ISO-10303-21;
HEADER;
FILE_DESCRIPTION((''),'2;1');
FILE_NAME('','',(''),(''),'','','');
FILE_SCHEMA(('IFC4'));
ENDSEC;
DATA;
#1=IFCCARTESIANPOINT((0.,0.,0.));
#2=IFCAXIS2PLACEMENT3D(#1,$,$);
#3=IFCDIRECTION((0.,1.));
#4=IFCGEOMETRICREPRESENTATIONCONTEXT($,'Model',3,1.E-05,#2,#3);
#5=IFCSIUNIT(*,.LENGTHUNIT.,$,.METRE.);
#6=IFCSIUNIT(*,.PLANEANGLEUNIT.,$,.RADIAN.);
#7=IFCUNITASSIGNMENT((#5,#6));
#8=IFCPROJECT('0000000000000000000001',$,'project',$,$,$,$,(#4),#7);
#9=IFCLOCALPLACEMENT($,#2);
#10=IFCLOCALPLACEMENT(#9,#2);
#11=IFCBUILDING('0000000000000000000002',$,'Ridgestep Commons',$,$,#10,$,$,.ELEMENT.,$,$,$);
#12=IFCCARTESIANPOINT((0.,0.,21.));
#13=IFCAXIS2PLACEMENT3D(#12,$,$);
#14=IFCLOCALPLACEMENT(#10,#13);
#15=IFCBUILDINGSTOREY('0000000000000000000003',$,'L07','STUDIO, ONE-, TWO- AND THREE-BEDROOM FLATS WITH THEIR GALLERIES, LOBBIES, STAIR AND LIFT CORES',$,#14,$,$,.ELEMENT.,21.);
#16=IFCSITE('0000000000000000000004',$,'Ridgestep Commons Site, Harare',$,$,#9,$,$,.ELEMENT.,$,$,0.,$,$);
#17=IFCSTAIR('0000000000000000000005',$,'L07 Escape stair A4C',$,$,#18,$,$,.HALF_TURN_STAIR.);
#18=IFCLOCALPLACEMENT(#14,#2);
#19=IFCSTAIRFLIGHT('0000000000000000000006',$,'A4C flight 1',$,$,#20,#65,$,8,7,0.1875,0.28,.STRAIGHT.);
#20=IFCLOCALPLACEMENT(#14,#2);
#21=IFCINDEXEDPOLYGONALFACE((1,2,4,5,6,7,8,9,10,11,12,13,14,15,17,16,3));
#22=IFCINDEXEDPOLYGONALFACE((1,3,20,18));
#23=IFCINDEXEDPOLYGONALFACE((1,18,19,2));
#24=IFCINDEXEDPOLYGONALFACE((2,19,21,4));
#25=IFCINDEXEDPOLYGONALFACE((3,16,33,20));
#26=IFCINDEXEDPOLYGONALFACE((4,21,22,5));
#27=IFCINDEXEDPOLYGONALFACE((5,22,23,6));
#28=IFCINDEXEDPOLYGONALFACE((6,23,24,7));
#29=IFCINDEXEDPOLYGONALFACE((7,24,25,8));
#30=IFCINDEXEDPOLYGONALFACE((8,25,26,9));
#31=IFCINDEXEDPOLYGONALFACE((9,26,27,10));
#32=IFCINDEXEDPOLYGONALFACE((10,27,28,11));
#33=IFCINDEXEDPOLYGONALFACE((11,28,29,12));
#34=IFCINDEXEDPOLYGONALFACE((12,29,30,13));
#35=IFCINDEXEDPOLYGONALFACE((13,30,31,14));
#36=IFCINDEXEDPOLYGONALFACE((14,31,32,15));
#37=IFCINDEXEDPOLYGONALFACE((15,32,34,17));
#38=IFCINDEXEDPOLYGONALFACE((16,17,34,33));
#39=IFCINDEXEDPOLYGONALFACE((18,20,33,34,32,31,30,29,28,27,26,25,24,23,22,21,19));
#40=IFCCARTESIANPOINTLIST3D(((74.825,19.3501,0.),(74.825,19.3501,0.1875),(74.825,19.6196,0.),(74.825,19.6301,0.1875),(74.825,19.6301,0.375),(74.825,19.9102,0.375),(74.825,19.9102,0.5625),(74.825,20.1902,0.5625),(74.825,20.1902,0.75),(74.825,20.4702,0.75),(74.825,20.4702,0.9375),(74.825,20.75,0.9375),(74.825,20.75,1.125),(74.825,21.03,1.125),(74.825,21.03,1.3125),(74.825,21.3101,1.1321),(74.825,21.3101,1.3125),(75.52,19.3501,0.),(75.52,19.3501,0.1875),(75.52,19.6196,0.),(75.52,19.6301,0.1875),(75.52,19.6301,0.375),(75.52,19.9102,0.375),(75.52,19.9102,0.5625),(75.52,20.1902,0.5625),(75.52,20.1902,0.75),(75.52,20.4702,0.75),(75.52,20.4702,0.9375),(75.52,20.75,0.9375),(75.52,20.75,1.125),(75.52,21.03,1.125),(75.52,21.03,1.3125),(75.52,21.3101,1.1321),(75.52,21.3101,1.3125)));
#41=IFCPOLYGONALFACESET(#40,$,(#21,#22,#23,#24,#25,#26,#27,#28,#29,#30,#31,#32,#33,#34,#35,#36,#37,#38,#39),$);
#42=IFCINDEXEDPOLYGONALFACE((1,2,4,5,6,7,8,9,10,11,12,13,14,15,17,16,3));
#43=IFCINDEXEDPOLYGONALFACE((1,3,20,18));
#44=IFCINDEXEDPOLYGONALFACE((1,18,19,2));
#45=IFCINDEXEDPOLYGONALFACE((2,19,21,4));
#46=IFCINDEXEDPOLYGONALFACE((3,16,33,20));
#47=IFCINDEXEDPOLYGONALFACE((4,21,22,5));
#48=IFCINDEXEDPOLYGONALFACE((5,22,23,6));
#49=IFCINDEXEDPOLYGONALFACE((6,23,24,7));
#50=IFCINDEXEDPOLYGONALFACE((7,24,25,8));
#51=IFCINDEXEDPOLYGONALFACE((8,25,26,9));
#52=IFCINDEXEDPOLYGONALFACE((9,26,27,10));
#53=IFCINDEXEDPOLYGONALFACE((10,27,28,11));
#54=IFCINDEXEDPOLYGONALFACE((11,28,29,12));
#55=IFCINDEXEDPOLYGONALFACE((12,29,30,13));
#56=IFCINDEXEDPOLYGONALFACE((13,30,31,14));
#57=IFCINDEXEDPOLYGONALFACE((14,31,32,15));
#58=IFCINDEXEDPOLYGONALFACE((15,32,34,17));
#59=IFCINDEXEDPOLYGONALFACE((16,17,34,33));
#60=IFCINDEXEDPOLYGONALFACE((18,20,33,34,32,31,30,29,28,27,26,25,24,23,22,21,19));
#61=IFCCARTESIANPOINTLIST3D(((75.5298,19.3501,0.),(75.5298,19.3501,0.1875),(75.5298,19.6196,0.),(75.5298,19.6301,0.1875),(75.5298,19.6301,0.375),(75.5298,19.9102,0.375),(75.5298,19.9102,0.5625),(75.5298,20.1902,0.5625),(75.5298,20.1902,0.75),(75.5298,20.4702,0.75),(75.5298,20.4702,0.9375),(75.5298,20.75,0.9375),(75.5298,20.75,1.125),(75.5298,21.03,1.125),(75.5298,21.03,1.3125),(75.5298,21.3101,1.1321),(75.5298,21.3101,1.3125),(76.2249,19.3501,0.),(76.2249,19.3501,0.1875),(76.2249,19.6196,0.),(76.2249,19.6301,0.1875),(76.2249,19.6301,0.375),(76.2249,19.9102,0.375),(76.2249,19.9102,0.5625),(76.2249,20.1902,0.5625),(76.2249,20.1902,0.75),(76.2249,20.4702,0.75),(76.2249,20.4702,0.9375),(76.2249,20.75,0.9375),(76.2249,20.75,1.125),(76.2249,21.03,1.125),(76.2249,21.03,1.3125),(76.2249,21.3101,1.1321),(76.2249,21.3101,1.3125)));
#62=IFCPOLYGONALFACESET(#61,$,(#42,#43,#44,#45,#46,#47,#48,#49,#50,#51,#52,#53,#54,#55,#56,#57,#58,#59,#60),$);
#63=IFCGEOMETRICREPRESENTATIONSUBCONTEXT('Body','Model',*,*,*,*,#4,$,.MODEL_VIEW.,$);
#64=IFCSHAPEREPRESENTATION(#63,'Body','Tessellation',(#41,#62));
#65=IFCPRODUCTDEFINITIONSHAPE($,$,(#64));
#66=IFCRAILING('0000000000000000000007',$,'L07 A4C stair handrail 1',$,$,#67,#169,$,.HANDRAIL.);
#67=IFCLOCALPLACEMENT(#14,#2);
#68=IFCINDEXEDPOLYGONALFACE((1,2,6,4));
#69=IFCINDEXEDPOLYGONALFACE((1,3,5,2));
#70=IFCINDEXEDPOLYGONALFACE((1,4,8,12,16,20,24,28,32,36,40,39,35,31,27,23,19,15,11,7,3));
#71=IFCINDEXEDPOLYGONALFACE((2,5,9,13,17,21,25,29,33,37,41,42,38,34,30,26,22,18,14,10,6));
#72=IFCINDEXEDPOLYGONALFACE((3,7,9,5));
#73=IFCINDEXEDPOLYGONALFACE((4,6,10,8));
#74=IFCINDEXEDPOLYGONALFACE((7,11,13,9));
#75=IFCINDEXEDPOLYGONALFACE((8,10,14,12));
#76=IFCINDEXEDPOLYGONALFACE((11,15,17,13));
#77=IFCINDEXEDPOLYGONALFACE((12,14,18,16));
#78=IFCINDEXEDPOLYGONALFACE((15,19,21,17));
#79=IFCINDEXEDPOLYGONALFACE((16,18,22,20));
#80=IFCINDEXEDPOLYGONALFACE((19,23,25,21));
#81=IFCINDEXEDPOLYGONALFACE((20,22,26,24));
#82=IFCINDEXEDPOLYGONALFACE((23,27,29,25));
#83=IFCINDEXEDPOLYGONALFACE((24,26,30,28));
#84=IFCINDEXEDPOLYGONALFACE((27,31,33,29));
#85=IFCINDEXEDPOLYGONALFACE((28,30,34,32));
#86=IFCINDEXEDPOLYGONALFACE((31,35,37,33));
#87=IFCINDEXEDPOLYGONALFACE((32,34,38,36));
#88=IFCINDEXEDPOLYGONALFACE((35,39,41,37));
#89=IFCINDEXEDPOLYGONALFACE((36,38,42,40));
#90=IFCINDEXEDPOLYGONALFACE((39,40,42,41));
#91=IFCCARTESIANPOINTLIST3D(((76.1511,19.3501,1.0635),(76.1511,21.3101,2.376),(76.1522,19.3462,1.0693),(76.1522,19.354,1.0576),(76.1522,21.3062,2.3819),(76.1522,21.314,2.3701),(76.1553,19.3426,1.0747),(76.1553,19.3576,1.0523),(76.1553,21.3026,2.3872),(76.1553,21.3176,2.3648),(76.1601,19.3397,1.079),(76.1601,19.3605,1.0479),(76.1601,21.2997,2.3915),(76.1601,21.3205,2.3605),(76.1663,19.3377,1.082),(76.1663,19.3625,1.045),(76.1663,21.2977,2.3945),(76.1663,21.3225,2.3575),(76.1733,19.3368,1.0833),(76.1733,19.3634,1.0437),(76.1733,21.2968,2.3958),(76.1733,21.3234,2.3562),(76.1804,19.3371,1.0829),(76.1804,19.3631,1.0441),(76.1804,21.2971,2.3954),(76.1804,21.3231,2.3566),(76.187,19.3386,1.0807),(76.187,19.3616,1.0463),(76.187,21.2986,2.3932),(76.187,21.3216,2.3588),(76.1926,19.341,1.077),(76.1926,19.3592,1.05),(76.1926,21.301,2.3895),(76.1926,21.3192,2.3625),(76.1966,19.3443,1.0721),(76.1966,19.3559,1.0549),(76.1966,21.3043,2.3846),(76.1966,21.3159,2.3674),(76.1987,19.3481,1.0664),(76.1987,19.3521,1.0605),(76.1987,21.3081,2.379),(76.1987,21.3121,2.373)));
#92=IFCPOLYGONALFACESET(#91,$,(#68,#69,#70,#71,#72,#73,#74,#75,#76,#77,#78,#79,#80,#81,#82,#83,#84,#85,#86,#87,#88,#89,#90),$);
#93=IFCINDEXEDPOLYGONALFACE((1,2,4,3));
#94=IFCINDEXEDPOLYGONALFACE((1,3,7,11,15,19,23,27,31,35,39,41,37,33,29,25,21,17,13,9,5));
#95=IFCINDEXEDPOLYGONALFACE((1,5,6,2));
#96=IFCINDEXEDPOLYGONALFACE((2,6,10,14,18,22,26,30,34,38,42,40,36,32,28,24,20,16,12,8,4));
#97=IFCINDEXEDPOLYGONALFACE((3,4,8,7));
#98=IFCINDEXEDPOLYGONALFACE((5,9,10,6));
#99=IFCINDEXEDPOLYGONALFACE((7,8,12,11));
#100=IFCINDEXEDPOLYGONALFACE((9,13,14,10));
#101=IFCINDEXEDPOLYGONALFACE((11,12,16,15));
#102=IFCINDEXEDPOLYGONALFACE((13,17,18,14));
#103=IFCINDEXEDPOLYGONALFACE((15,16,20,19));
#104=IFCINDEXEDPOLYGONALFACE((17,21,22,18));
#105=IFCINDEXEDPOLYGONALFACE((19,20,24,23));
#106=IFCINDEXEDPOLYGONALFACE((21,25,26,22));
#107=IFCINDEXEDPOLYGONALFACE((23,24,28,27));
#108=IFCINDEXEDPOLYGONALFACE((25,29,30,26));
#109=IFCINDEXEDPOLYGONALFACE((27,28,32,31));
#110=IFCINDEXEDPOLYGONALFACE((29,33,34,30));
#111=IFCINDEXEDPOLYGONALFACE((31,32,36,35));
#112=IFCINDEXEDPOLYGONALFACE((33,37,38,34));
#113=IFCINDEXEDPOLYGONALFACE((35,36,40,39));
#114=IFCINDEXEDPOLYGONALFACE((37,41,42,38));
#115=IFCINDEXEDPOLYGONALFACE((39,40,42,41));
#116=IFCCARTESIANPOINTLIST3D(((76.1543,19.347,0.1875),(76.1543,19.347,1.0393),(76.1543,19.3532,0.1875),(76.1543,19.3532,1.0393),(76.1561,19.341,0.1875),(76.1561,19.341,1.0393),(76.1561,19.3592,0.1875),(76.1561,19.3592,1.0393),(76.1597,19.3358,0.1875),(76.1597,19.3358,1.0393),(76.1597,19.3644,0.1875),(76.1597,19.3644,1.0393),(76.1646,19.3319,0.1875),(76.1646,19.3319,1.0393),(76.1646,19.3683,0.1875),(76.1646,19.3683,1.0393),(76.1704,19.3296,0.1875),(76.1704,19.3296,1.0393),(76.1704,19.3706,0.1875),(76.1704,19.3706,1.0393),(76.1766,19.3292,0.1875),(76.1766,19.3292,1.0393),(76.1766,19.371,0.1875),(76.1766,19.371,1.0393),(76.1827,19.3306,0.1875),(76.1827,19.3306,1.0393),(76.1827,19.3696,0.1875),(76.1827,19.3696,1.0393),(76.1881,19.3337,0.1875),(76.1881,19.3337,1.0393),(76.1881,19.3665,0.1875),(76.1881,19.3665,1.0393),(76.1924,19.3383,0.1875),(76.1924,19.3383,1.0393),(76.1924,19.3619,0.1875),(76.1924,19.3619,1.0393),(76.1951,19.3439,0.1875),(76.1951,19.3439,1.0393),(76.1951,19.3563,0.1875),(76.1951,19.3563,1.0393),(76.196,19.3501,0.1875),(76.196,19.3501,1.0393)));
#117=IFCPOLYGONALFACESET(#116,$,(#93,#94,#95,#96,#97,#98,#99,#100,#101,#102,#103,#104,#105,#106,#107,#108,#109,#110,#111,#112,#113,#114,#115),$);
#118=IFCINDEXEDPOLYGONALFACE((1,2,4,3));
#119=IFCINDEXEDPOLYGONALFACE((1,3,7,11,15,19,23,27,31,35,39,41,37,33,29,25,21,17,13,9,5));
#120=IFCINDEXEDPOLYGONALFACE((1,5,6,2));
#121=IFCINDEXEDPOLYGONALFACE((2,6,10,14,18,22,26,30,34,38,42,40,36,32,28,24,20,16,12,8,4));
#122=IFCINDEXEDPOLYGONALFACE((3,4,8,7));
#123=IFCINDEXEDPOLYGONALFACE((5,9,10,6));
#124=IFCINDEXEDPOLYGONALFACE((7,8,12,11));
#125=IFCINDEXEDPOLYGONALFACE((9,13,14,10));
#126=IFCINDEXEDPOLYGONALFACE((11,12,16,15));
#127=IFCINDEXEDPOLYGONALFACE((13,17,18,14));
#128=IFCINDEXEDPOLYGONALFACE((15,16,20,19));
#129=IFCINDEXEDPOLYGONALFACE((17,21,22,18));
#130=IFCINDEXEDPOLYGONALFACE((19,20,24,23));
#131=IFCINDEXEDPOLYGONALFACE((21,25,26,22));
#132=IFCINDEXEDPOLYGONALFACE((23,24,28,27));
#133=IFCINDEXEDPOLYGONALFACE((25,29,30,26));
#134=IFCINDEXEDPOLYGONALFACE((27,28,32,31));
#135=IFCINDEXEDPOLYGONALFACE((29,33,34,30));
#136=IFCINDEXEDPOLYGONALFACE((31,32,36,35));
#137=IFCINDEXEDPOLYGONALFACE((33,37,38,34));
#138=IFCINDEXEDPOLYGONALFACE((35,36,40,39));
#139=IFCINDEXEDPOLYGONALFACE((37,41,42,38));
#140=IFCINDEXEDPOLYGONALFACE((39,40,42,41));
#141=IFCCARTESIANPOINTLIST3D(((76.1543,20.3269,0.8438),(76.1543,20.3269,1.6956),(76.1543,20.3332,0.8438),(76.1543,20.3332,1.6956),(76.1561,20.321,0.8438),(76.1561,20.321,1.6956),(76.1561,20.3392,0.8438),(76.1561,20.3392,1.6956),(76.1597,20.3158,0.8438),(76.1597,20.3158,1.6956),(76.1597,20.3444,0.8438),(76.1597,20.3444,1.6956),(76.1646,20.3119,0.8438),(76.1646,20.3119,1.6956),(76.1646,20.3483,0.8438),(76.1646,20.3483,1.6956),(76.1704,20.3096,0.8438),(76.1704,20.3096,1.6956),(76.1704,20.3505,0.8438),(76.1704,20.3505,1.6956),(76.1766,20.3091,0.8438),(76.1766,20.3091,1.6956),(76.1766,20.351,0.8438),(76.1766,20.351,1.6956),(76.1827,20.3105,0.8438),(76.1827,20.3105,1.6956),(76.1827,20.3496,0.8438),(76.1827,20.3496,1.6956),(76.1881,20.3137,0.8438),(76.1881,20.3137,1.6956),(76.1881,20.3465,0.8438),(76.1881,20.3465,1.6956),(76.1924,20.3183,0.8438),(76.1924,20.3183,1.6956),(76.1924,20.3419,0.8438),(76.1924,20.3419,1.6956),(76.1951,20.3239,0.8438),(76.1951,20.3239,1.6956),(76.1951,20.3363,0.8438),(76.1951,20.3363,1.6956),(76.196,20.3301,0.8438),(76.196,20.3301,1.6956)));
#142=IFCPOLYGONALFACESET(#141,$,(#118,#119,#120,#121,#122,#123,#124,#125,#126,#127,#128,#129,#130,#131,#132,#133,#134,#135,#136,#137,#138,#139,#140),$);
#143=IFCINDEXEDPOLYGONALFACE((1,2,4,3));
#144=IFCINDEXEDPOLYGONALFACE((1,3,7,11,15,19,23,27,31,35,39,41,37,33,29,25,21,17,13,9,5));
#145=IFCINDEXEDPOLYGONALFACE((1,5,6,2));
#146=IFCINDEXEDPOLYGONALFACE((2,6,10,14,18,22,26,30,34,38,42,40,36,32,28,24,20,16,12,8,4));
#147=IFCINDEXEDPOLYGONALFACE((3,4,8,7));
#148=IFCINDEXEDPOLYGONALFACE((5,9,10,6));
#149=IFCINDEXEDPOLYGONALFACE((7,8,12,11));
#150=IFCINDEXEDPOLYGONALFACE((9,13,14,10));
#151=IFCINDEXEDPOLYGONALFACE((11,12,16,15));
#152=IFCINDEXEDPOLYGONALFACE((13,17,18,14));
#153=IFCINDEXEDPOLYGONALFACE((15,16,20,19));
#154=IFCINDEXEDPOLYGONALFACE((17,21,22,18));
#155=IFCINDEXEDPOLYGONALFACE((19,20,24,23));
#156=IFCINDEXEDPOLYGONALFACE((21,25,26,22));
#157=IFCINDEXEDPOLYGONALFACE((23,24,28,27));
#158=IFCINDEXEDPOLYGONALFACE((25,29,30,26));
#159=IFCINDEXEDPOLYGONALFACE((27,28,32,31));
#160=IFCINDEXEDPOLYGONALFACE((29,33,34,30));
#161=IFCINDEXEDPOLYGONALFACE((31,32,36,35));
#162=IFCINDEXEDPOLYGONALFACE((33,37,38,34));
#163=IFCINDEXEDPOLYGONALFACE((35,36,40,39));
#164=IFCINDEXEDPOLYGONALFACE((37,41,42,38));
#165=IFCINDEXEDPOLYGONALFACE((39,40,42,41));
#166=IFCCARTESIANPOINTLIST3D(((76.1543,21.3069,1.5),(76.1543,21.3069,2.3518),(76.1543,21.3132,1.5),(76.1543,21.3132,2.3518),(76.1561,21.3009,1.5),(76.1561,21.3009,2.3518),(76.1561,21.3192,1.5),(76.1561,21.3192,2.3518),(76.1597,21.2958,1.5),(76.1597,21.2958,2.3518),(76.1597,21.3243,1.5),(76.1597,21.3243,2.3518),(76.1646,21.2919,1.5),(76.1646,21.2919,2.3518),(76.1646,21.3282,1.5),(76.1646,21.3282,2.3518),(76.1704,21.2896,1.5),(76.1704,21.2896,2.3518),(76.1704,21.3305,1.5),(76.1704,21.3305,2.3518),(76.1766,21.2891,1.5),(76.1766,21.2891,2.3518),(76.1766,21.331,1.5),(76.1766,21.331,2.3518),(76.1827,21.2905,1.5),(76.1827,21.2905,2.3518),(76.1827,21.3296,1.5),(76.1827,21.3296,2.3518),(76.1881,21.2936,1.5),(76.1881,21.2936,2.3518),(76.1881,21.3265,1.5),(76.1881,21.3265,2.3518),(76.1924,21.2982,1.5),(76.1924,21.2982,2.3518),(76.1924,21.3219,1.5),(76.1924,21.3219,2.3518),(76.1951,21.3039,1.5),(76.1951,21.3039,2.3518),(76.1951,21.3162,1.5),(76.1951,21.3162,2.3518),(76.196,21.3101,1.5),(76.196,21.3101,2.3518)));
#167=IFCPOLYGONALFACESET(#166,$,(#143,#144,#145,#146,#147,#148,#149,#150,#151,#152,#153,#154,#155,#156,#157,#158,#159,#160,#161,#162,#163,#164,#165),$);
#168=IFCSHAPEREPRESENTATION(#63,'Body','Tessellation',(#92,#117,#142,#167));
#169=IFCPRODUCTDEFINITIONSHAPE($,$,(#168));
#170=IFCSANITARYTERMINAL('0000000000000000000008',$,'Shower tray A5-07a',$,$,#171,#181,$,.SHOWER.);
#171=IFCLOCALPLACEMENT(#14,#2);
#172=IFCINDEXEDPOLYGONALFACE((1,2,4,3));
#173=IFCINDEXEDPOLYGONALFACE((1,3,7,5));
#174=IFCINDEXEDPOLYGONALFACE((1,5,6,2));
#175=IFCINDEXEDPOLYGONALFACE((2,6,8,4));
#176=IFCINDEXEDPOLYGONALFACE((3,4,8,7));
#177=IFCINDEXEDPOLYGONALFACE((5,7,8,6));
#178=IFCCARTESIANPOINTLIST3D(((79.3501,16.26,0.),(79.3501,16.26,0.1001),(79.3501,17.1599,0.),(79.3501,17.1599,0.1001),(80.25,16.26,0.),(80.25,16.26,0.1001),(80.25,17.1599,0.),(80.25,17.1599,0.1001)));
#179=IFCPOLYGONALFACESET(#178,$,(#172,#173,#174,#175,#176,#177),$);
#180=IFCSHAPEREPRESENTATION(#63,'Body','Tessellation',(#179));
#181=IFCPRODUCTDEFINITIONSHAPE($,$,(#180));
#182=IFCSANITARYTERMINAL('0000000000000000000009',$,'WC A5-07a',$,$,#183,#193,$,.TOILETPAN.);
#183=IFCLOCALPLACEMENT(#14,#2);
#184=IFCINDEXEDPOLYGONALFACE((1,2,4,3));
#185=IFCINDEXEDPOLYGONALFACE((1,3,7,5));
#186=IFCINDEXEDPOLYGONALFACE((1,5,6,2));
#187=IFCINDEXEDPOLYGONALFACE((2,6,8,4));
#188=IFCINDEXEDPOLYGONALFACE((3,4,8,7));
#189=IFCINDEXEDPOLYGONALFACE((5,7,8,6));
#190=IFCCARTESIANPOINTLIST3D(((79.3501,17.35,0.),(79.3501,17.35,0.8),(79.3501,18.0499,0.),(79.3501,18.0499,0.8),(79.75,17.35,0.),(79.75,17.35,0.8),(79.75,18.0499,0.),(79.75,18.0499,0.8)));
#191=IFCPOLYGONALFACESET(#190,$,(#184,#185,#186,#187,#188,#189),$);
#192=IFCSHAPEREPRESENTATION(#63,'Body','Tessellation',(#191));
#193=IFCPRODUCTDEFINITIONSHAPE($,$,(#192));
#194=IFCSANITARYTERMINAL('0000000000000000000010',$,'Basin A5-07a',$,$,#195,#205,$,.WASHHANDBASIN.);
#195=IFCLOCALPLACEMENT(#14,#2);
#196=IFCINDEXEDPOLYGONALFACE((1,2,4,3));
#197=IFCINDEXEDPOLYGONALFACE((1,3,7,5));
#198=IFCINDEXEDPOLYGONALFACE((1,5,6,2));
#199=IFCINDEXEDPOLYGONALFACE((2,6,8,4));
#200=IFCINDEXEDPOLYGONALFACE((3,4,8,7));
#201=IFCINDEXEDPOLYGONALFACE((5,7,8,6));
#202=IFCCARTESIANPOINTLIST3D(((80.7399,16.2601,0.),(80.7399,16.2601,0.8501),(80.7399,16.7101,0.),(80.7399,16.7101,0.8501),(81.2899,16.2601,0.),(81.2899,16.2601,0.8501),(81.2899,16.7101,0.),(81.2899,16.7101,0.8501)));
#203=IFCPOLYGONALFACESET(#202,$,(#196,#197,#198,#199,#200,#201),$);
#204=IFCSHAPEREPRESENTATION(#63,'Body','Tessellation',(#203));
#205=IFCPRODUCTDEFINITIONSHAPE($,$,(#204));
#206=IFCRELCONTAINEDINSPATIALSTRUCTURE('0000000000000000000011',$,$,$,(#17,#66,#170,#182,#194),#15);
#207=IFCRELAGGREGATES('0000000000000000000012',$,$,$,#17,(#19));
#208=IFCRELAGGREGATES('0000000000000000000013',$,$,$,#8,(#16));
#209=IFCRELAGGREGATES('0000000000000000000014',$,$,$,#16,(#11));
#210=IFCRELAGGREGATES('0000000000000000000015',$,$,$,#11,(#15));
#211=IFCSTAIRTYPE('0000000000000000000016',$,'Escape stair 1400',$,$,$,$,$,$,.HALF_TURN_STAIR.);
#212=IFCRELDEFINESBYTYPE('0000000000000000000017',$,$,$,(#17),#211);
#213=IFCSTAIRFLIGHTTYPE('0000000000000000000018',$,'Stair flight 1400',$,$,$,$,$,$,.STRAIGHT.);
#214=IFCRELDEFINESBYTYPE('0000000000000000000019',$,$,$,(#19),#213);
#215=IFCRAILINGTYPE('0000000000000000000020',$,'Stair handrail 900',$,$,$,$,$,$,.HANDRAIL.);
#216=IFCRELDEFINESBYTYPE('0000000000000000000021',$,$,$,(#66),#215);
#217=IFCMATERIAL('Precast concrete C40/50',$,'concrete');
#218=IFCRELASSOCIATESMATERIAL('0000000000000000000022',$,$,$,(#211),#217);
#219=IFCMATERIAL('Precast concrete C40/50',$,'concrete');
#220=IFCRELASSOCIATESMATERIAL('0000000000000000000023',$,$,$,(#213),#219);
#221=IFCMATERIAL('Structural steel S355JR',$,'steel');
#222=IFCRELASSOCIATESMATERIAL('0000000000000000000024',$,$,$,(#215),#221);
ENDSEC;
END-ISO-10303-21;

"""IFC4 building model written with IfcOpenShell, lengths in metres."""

from ifc_helpers import new_model, si_unit, direction, frame, origin, origin_2d, place, context, subcontext, project, spatial, polyline, rectangle, circle, outline, extrude, material, type_object, element, aggregate, save


model = new_model("IFC4")

# Units and contexts
model_context = context("Model", 3, precision=1e-05, world=origin(), true_north=direction((0.0, 1.0)))
body_context = subcontext(model_context, "Body", "Model", "MODEL_VIEW")
ifc_project = project(units=[si_unit("LENGTHUNIT", "METRE"), si_unit("PLANEANGLEUNIT", "RADIAN")], contexts=[model_context])

# Site, building, storey
site_placement = place(None, origin())
site = spatial("IfcSite", under=ifc_project, at=site_placement, Name="Ridgestep Commons Site, Harare", CompositionType="ELEMENT", RefElevation=0.0)
building_placement = place(site_placement, origin())
building = spatial("IfcBuilding", under=site, at=building_placement, Name="Ridgestep Commons", CompositionType="ELEMENT")
storey_placement = place(building_placement, frame((0.0, 0.0, 21.0)))
storey = spatial("IfcBuildingStorey", under=building, at=storey_placement, Name="L07", Description="STUDIO, ONE-, TWO- AND THREE-BEDROOM FLATS WITH THEIR GALLERIES, LOBBIES, STAIR AND LIFT CORES", CompositionType="ELEMENT", Elevation=21.0)

# Stair, stair flight
ifc_material_1 = material(Name="Precast concrete C40/50", Category="concrete")
stair_type = type_object("IfcStairType", Name="Escape stair 1400", PredefinedType="HALF_TURN_STAIR", material=ifc_material_1)
stair_placement = place(storey_placement, origin())
stair = element("IfcStair", 1, at=stair_placement, inside=storey, type_object=stair_type, Name="L07 Escape stair A4C", PredefinedType="HALF_TURN_STAIR")
ifc_material_2 = material(Name="Precast concrete C40/50", Category="concrete")
stair_flight_type = type_object("IfcStairFlightType", Name="Stair flight 1400", PredefinedType="STRAIGHT", material=ifc_material_2)
stair_flight_placement = place(storey_placement, frame((75.5249, 19.3501, 0.0), z_axis=(0.0, 0.0, 1.0), x_axis=(0.0, 1.0, 0.0)))
stair_flight = element("IfcStairFlight", 2, at=stair_flight_placement, type_object=stair_flight_type, Name="A4C flight 1", NumberOfRisers=8, NumberOfTreads=7, PredefinedType="STRAIGHT", RiserHeight=0.1875, TreadLength=0.28, context=body_context, shape_type="SweptSolid", body=[
    extrude(outline(polyline([(0.0, 0.0), (0.0, 0.1875), (0.28, 0.1875), (0.28, 0.375), (0.5601, 0.375), (0.5601, 0.5625), (0.8401, 0.5625), (0.8401, 0.75), (1.1201, 0.75), (1.1201, 0.9375), (1.3999, 0.9375), (1.3999, 1.125), (1.6799, 1.125), (1.6799, 1.3125), (1.96, 1.3125), (1.96, 1.5), (1.96, 1.1321), (0.2695, 0.0), (0.0, 0.0)])), frame((0.0, 0.7, 0.0), z_axis=(0.0, -1.0, 0.0), x_axis=(1.0, 0.0, 0.0)), (0.0, 0.0, 1.0), 0.6951),
    extrude(outline(polyline([(0.0, 0.0), (0.0, 0.1875), (0.28, 0.1875), (0.28, 0.375), (0.5601, 0.375), (0.5601, 0.5625), (0.8401, 0.5625), (0.8401, 0.75), (1.1201, 0.75), (1.1201, 0.9375), (1.3999, 0.9375), (1.3999, 1.125), (1.6799, 1.125), (1.6799, 1.3125), (1.96, 1.3125), (1.96, 1.5), (1.96, 1.1321), (0.2695, 0.0), (0.0, 0.0)])), frame((0.0, -0.0049, 0.0), z_axis=(0.0, -1.0, 0.0), x_axis=(1.0, 0.0, 0.0)), (0.0, 0.0, 1.0), 0.6951),
])
aggregate(stair, [stair_flight])

# Railing
ifc_material_3 = material(Name="Structural steel S355JR", Category="steel")
railing_type = type_object("IfcRailingType", Name="Stair handrail 900", PredefinedType="HANDRAIL", material=ifc_material_3)
railing_placement = place(storey_placement, frame((76.175, 19.3501, 0.1875)))
element("IfcRailing", 3, at=railing_placement, inside=storey, type_object=railing_type, Name="L07 A4C stair handrail 1", PredefinedType="HANDRAIL", context=body_context, shape_type="SweptSolid", body=[
    extrude(circle(Radius=0.0239, at=origin_2d()), frame((0.0, 0.0, 0.876), z_axis=(0.0, 0.830902, 0.556419), x_axis=(-1.0, 0.0, 0.0)), (0.0, 0.0, 1.0), 2.3589),
    extrude(circle(Radius=0.021, at=origin_2d()), origin(), (0.0, 0.0, 1.0), 0.8518),
    extrude(circle(Radius=0.021, at=origin_2d()), frame((0.0, 0.98, 0.6562)), (0.0, 0.0, 1.0), 0.8518),
    extrude(circle(Radius=0.021, at=origin_2d()), frame((0.0, 1.96, 1.3125)), (0.0, 0.0, 1.0), 0.8518),
])

# Sanitary terminals
sanitary_terminal_1_placement = place(storey_placement, frame((79.8, 16.71, 0.0), z_axis=(0.0, 0.0, 1.0), x_axis=(1.0, 0.0, 0.0)))
element("IfcSanitaryTerminal", 4, at=sanitary_terminal_1_placement, inside=storey, Name="Shower tray A5-07a", PredefinedType="SHOWER", context=body_context, shape_type="SweptSolid", body=[
    extrude(rectangle(XDim=0.8999, YDim=0.8999, at=origin_2d()), origin(), (0.0, 0.0, 1.0), 0.1001),
])
sanitary_terminal_2_placement = place(storey_placement, frame((79.55, 17.7, 0.0), z_axis=(0.0, 0.0, 1.0), x_axis=(1.0, 0.0, 0.0)))
element("IfcSanitaryTerminal", 5, at=sanitary_terminal_2_placement, inside=storey, Name="WC A5-07a", PredefinedType="TOILETPAN", context=body_context, shape_type="SweptSolid", body=[
    extrude(rectangle(XDim=0.3999, YDim=0.7, at=origin_2d()), origin(), (0.0, 0.0, 1.0), 0.8),
])
sanitary_terminal_3_placement = place(storey_placement, frame((81.0149, 16.4851, 0.0), z_axis=(0.0, 0.0, 1.0), x_axis=(1.0, 0.0, 0.0)))
element("IfcSanitaryTerminal", 6, at=sanitary_terminal_3_placement, inside=storey, Name="Basin A5-07a", PredefinedType="WASHHANDBASIN", context=body_context, shape_type="SweptSolid", body=[
    extrude(rectangle(XDim=0.55, YDim=0.45, at=origin_2d()), origin(), (0.0, 0.0, 1.0), 0.8501),
])

save(model, "model.ifc")
